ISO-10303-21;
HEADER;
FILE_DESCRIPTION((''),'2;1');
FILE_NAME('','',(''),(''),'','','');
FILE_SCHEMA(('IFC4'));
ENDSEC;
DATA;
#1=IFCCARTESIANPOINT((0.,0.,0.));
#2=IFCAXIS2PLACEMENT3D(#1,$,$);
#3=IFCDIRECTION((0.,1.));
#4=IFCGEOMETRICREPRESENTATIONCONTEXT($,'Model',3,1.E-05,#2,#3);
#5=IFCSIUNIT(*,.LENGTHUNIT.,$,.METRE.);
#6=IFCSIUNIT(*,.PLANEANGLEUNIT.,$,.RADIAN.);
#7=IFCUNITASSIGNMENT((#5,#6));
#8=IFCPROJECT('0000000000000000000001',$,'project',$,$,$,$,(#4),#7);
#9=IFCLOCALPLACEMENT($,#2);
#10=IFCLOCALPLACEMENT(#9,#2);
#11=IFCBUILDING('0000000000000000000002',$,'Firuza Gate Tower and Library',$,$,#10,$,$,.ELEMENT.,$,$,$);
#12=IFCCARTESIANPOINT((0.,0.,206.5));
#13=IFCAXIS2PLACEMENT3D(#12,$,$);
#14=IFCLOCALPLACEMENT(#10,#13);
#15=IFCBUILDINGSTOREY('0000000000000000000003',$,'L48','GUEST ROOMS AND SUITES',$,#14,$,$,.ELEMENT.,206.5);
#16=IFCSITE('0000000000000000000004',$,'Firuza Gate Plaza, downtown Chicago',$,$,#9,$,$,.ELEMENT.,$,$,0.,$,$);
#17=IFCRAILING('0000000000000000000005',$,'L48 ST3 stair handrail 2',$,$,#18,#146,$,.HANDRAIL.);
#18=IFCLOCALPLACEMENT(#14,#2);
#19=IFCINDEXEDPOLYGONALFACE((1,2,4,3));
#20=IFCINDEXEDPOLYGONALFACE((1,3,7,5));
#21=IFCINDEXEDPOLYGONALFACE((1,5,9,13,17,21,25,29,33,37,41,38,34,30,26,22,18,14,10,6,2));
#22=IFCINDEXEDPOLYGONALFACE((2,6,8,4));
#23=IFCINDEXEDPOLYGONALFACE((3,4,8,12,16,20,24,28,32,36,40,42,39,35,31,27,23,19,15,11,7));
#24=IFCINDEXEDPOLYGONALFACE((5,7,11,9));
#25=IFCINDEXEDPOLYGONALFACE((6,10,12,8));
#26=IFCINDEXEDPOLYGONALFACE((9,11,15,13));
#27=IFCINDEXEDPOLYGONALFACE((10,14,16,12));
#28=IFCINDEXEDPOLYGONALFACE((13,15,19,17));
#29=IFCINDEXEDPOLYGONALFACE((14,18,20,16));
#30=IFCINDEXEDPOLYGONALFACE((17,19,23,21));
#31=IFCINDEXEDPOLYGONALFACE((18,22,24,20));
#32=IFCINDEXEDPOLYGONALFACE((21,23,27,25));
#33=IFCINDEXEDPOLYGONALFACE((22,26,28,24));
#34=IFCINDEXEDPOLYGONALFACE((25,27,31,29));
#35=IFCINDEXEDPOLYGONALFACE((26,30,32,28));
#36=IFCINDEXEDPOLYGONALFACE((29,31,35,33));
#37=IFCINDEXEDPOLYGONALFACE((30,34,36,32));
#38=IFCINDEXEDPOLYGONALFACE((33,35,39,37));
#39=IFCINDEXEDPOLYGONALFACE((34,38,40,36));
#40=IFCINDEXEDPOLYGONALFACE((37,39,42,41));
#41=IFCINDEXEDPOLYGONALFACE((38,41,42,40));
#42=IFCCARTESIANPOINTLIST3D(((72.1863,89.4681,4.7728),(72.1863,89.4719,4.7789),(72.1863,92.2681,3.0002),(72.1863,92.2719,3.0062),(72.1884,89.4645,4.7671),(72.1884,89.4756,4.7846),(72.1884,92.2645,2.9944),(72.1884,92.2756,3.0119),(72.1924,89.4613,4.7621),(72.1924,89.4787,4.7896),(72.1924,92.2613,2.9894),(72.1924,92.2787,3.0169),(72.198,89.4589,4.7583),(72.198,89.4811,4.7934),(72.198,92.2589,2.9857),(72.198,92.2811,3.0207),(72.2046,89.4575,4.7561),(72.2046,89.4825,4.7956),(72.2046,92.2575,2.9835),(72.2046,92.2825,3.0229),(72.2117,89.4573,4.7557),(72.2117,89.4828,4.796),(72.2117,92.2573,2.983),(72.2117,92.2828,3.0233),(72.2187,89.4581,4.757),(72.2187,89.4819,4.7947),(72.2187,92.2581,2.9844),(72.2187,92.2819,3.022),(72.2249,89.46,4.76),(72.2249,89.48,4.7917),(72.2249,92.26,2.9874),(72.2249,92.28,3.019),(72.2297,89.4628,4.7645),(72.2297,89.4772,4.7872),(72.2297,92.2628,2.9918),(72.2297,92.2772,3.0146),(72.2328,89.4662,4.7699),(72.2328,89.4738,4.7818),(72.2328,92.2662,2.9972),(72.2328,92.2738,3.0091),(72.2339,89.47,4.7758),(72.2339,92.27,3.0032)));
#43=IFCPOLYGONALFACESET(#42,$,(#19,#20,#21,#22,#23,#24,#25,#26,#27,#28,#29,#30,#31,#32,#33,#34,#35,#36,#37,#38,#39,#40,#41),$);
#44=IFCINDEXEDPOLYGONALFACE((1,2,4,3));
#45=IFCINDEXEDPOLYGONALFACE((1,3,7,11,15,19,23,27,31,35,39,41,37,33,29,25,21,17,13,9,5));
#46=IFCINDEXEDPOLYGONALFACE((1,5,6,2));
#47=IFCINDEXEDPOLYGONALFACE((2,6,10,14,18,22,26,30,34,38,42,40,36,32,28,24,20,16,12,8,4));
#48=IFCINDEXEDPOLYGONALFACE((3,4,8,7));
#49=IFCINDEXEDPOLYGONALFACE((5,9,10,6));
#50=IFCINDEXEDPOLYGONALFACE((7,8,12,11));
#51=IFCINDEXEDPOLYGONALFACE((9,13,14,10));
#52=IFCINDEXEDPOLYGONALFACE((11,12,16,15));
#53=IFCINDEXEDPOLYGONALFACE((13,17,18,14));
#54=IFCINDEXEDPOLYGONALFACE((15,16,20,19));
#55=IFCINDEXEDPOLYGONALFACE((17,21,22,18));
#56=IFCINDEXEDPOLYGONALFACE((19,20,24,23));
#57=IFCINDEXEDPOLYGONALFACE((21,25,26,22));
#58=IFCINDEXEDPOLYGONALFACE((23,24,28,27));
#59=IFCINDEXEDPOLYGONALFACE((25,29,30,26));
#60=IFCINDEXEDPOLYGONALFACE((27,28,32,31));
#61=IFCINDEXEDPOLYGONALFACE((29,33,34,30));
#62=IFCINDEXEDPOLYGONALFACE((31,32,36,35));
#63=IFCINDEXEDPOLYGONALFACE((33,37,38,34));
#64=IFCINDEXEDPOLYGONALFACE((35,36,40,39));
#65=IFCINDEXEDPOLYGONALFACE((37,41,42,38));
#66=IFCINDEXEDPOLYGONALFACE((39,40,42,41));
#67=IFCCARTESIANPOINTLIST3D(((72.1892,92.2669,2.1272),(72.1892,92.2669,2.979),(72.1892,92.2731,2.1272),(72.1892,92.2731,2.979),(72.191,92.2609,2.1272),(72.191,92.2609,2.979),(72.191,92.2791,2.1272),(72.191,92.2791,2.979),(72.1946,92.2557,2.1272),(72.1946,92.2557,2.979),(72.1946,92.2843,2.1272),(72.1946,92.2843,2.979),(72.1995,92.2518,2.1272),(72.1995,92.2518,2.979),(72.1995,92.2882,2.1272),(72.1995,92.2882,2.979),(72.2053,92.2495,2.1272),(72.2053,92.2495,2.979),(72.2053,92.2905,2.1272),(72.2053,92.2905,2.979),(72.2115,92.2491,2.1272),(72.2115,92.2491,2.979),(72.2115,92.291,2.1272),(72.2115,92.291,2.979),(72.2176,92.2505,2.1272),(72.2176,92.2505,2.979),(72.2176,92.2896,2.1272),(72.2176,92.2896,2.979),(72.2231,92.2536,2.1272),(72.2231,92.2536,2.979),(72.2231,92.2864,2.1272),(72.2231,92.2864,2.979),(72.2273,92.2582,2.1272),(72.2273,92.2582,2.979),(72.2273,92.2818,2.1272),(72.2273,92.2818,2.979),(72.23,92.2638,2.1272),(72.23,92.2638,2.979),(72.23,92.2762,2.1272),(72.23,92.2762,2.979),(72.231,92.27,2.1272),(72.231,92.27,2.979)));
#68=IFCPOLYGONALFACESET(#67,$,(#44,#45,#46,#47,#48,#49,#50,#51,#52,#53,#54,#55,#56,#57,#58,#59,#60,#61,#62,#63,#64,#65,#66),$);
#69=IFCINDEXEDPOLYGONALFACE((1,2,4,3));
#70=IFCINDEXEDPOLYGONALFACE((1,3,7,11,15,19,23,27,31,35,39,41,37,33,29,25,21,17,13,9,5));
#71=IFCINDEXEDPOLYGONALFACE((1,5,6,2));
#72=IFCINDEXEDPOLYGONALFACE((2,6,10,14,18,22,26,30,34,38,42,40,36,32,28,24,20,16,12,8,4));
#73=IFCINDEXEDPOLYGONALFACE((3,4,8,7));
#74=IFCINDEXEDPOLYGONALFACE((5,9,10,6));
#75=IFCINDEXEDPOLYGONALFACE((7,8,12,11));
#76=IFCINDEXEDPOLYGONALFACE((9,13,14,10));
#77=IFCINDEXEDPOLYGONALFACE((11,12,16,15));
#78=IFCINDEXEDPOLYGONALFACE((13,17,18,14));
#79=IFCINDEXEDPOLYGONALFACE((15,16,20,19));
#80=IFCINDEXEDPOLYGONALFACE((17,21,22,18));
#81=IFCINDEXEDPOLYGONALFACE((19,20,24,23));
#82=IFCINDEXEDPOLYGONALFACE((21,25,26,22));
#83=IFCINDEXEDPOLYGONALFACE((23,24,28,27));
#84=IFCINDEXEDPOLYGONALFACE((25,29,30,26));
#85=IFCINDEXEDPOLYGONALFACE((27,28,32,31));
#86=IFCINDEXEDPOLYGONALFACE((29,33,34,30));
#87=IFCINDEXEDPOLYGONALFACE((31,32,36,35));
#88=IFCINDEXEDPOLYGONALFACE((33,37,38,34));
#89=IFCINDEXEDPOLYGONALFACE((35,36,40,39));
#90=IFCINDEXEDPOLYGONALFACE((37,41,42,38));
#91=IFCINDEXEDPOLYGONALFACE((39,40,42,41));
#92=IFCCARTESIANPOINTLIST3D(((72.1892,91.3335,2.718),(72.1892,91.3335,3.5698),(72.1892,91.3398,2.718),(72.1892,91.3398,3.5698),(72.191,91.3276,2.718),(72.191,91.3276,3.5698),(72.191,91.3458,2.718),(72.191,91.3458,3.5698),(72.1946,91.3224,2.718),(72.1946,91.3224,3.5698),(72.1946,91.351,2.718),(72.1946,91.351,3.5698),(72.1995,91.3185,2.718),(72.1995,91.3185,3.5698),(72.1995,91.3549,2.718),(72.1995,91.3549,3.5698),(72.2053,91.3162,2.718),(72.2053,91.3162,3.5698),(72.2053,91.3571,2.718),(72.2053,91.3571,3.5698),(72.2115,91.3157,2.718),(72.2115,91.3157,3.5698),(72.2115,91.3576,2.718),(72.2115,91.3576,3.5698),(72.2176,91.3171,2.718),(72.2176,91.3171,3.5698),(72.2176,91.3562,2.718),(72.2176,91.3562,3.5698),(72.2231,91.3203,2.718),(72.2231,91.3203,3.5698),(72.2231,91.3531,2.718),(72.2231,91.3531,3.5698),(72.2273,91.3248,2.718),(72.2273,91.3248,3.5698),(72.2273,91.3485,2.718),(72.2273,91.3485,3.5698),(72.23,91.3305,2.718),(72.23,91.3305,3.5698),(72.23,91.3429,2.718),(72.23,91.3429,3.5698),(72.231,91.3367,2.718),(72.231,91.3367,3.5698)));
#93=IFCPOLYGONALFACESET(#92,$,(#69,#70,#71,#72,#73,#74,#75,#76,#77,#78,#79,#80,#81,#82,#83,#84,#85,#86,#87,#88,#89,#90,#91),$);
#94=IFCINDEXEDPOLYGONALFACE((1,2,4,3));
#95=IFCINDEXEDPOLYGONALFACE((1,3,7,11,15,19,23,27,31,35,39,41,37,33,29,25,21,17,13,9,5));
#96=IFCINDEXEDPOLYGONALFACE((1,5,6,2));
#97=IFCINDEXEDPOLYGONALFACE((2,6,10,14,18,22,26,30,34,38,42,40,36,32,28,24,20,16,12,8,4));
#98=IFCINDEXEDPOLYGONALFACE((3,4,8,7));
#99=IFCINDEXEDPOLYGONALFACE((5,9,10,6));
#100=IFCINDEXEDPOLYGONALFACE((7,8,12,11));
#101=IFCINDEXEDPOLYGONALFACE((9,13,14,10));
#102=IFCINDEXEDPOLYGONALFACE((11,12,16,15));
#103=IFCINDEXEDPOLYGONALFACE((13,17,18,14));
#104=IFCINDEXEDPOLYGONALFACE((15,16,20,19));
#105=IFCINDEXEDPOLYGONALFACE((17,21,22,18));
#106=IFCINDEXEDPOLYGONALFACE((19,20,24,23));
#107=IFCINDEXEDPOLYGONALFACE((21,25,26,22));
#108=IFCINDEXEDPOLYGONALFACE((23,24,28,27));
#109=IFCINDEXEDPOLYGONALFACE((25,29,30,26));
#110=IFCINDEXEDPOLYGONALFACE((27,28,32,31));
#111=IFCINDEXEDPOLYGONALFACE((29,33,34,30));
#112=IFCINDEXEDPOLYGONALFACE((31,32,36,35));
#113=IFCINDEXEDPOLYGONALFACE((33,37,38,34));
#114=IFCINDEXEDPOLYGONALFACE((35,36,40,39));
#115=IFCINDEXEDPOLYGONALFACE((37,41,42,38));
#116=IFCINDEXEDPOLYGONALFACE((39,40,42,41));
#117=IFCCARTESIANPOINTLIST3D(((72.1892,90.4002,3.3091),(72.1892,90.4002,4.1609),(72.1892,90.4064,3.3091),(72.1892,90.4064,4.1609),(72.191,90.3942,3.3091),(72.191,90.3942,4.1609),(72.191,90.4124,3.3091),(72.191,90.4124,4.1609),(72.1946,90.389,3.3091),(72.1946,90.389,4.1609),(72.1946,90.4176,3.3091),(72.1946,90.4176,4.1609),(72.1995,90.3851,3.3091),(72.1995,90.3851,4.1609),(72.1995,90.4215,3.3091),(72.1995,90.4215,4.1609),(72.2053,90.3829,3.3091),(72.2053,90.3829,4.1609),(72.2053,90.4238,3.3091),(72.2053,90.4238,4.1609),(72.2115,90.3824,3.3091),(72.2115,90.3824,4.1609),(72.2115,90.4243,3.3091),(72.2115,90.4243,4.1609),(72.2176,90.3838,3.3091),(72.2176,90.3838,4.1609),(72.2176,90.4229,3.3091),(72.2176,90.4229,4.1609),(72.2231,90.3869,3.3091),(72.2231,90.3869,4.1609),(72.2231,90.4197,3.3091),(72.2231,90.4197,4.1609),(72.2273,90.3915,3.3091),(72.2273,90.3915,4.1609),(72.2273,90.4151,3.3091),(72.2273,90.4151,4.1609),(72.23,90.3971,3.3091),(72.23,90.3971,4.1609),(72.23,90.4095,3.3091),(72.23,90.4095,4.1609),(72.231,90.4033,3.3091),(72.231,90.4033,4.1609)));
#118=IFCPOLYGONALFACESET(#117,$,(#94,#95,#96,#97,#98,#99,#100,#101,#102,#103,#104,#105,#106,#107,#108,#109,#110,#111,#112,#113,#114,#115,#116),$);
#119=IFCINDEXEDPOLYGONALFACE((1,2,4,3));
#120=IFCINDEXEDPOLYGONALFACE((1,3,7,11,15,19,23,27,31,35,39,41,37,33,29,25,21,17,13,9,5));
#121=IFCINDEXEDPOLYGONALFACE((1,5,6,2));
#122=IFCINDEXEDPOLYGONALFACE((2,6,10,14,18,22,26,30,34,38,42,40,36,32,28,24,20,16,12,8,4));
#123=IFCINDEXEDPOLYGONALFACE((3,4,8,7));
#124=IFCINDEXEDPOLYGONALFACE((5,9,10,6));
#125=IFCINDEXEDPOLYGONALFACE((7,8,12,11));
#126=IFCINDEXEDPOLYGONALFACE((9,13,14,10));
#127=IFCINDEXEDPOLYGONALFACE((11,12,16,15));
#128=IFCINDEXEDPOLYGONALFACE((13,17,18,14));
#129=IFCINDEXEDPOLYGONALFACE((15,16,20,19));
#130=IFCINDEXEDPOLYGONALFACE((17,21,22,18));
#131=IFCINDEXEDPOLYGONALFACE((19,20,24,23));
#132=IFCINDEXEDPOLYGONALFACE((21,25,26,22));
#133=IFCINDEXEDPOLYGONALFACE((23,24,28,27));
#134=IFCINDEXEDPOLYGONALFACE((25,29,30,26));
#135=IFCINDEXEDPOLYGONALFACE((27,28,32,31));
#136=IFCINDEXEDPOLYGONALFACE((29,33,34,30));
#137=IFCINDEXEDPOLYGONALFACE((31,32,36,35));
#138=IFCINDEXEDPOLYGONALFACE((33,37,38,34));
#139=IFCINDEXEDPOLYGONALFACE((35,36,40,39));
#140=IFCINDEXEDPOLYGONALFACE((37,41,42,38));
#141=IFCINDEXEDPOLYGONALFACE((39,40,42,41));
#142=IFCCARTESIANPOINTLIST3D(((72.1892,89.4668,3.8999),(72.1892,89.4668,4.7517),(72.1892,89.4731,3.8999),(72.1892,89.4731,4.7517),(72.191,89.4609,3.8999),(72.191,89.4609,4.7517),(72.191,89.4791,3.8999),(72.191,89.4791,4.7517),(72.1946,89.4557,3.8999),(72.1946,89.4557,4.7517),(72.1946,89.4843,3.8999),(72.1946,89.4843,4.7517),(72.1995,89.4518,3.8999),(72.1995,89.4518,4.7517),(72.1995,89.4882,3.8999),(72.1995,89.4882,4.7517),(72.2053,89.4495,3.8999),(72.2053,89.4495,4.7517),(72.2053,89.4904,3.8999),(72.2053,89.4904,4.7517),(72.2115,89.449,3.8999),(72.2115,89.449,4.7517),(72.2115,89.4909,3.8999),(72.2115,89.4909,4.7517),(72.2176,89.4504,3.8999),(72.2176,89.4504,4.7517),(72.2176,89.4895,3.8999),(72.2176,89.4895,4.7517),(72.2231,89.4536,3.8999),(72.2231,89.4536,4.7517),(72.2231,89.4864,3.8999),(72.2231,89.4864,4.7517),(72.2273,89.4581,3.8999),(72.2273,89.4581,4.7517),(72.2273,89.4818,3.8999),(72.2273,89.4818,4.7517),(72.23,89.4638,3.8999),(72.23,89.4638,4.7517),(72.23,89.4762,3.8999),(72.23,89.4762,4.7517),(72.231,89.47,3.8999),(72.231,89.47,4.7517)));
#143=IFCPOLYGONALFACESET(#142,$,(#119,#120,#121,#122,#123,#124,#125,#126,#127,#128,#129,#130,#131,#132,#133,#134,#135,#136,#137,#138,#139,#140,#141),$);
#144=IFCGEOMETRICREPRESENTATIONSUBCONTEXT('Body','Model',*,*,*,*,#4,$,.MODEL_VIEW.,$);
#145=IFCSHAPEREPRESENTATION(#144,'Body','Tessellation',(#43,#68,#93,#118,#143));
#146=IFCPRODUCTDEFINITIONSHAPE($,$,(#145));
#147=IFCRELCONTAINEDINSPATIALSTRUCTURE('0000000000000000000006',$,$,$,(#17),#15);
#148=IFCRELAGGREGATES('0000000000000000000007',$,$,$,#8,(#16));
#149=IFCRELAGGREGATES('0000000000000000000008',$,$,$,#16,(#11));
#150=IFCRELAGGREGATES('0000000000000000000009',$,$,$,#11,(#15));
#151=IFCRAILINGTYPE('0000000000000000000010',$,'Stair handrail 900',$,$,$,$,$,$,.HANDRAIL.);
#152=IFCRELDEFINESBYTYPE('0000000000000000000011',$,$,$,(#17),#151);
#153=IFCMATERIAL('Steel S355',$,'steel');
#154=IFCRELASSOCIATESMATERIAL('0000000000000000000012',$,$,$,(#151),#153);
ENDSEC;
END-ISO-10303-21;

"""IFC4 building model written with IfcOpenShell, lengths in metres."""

from ifc_helpers import new_model, si_unit, direction, frame, origin, origin_2d, place, context, subcontext, project, spatial, circle, extrude, material, type_object, element, save


model = new_model("IFC4")

# Units and contexts
model_context = context("Model", 3, precision=1e-05, world=origin(), true_north=direction((0.0, 1.0)))
body_context = subcontext(model_context, "Body", "Model", "MODEL_VIEW")
ifc_project = project(units=[si_unit("LENGTHUNIT", "METRE"), si_unit("PLANEANGLEUNIT", "RADIAN")], contexts=[model_context])

# Site, building, storey
site_placement = place(None, origin())
site = spatial("IfcSite", under=ifc_project, at=site_placement, Name="Firuza Gate Plaza, downtown Chicago", CompositionType="ELEMENT", RefElevation=0.0)
building_placement = place(site_placement, origin())
building = spatial("IfcBuilding", under=site, at=building_placement, Name="Firuza Gate Tower and Library", CompositionType="ELEMENT")
storey_placement = place(building_placement, frame((0.0, 0.0, 206.5)))
storey = spatial("IfcBuildingStorey", under=building, at=storey_placement, Name="L48", Description="GUEST ROOMS AND SUITES", CompositionType="ELEMENT", Elevation=206.5)

# Railing
ifc_material_1 = material(Name="Steel S355", Category="steel")
railing_type_1 = type_object("IfcRailingType", Name="Stair handrail 900", PredefinedType="HANDRAIL", material=ifc_material_1)
railing_1_placement = place(storey_placement, frame((72.21, 92.27, 2.1272)))
element("IfcRailing", 1, at=railing_1_placement, inside=storey, type_object=railing_type_1, Name="L48 ST3 stair handrail 2", PredefinedType="HANDRAIL", context=body_context, shape_type="SweptSolid", body=[
    extrude(circle(Radius=0.0239, at=origin_2d()), frame((0.0, 0.0, 0.876), z_axis=(0.0, -0.844909, 0.53491), x_axis=(1.0, 0.0, 0.0)), (0.0, 0.0, 1.0), 3.314),
    extrude(circle(Radius=0.021, at=origin_2d()), origin(), (0.0, 0.0, 1.0), 0.8518),
    extrude(circle(Radius=0.021, at=origin_2d()), frame((0.0, -0.9333, 0.5908)), (0.0, 0.0, 1.0), 0.8518),
    extrude(circle(Radius=0.021, at=origin_2d()), frame((0.0, -1.8667, 1.1819)), (0.0, 0.0, 1.0), 0.8518),
    extrude(circle(Radius=0.021, at=origin_2d()), frame((0.0, -2.8, 1.7727)), (0.0, 0.0, 1.0), 0.8518),
])

save(model, "model.ifc")
